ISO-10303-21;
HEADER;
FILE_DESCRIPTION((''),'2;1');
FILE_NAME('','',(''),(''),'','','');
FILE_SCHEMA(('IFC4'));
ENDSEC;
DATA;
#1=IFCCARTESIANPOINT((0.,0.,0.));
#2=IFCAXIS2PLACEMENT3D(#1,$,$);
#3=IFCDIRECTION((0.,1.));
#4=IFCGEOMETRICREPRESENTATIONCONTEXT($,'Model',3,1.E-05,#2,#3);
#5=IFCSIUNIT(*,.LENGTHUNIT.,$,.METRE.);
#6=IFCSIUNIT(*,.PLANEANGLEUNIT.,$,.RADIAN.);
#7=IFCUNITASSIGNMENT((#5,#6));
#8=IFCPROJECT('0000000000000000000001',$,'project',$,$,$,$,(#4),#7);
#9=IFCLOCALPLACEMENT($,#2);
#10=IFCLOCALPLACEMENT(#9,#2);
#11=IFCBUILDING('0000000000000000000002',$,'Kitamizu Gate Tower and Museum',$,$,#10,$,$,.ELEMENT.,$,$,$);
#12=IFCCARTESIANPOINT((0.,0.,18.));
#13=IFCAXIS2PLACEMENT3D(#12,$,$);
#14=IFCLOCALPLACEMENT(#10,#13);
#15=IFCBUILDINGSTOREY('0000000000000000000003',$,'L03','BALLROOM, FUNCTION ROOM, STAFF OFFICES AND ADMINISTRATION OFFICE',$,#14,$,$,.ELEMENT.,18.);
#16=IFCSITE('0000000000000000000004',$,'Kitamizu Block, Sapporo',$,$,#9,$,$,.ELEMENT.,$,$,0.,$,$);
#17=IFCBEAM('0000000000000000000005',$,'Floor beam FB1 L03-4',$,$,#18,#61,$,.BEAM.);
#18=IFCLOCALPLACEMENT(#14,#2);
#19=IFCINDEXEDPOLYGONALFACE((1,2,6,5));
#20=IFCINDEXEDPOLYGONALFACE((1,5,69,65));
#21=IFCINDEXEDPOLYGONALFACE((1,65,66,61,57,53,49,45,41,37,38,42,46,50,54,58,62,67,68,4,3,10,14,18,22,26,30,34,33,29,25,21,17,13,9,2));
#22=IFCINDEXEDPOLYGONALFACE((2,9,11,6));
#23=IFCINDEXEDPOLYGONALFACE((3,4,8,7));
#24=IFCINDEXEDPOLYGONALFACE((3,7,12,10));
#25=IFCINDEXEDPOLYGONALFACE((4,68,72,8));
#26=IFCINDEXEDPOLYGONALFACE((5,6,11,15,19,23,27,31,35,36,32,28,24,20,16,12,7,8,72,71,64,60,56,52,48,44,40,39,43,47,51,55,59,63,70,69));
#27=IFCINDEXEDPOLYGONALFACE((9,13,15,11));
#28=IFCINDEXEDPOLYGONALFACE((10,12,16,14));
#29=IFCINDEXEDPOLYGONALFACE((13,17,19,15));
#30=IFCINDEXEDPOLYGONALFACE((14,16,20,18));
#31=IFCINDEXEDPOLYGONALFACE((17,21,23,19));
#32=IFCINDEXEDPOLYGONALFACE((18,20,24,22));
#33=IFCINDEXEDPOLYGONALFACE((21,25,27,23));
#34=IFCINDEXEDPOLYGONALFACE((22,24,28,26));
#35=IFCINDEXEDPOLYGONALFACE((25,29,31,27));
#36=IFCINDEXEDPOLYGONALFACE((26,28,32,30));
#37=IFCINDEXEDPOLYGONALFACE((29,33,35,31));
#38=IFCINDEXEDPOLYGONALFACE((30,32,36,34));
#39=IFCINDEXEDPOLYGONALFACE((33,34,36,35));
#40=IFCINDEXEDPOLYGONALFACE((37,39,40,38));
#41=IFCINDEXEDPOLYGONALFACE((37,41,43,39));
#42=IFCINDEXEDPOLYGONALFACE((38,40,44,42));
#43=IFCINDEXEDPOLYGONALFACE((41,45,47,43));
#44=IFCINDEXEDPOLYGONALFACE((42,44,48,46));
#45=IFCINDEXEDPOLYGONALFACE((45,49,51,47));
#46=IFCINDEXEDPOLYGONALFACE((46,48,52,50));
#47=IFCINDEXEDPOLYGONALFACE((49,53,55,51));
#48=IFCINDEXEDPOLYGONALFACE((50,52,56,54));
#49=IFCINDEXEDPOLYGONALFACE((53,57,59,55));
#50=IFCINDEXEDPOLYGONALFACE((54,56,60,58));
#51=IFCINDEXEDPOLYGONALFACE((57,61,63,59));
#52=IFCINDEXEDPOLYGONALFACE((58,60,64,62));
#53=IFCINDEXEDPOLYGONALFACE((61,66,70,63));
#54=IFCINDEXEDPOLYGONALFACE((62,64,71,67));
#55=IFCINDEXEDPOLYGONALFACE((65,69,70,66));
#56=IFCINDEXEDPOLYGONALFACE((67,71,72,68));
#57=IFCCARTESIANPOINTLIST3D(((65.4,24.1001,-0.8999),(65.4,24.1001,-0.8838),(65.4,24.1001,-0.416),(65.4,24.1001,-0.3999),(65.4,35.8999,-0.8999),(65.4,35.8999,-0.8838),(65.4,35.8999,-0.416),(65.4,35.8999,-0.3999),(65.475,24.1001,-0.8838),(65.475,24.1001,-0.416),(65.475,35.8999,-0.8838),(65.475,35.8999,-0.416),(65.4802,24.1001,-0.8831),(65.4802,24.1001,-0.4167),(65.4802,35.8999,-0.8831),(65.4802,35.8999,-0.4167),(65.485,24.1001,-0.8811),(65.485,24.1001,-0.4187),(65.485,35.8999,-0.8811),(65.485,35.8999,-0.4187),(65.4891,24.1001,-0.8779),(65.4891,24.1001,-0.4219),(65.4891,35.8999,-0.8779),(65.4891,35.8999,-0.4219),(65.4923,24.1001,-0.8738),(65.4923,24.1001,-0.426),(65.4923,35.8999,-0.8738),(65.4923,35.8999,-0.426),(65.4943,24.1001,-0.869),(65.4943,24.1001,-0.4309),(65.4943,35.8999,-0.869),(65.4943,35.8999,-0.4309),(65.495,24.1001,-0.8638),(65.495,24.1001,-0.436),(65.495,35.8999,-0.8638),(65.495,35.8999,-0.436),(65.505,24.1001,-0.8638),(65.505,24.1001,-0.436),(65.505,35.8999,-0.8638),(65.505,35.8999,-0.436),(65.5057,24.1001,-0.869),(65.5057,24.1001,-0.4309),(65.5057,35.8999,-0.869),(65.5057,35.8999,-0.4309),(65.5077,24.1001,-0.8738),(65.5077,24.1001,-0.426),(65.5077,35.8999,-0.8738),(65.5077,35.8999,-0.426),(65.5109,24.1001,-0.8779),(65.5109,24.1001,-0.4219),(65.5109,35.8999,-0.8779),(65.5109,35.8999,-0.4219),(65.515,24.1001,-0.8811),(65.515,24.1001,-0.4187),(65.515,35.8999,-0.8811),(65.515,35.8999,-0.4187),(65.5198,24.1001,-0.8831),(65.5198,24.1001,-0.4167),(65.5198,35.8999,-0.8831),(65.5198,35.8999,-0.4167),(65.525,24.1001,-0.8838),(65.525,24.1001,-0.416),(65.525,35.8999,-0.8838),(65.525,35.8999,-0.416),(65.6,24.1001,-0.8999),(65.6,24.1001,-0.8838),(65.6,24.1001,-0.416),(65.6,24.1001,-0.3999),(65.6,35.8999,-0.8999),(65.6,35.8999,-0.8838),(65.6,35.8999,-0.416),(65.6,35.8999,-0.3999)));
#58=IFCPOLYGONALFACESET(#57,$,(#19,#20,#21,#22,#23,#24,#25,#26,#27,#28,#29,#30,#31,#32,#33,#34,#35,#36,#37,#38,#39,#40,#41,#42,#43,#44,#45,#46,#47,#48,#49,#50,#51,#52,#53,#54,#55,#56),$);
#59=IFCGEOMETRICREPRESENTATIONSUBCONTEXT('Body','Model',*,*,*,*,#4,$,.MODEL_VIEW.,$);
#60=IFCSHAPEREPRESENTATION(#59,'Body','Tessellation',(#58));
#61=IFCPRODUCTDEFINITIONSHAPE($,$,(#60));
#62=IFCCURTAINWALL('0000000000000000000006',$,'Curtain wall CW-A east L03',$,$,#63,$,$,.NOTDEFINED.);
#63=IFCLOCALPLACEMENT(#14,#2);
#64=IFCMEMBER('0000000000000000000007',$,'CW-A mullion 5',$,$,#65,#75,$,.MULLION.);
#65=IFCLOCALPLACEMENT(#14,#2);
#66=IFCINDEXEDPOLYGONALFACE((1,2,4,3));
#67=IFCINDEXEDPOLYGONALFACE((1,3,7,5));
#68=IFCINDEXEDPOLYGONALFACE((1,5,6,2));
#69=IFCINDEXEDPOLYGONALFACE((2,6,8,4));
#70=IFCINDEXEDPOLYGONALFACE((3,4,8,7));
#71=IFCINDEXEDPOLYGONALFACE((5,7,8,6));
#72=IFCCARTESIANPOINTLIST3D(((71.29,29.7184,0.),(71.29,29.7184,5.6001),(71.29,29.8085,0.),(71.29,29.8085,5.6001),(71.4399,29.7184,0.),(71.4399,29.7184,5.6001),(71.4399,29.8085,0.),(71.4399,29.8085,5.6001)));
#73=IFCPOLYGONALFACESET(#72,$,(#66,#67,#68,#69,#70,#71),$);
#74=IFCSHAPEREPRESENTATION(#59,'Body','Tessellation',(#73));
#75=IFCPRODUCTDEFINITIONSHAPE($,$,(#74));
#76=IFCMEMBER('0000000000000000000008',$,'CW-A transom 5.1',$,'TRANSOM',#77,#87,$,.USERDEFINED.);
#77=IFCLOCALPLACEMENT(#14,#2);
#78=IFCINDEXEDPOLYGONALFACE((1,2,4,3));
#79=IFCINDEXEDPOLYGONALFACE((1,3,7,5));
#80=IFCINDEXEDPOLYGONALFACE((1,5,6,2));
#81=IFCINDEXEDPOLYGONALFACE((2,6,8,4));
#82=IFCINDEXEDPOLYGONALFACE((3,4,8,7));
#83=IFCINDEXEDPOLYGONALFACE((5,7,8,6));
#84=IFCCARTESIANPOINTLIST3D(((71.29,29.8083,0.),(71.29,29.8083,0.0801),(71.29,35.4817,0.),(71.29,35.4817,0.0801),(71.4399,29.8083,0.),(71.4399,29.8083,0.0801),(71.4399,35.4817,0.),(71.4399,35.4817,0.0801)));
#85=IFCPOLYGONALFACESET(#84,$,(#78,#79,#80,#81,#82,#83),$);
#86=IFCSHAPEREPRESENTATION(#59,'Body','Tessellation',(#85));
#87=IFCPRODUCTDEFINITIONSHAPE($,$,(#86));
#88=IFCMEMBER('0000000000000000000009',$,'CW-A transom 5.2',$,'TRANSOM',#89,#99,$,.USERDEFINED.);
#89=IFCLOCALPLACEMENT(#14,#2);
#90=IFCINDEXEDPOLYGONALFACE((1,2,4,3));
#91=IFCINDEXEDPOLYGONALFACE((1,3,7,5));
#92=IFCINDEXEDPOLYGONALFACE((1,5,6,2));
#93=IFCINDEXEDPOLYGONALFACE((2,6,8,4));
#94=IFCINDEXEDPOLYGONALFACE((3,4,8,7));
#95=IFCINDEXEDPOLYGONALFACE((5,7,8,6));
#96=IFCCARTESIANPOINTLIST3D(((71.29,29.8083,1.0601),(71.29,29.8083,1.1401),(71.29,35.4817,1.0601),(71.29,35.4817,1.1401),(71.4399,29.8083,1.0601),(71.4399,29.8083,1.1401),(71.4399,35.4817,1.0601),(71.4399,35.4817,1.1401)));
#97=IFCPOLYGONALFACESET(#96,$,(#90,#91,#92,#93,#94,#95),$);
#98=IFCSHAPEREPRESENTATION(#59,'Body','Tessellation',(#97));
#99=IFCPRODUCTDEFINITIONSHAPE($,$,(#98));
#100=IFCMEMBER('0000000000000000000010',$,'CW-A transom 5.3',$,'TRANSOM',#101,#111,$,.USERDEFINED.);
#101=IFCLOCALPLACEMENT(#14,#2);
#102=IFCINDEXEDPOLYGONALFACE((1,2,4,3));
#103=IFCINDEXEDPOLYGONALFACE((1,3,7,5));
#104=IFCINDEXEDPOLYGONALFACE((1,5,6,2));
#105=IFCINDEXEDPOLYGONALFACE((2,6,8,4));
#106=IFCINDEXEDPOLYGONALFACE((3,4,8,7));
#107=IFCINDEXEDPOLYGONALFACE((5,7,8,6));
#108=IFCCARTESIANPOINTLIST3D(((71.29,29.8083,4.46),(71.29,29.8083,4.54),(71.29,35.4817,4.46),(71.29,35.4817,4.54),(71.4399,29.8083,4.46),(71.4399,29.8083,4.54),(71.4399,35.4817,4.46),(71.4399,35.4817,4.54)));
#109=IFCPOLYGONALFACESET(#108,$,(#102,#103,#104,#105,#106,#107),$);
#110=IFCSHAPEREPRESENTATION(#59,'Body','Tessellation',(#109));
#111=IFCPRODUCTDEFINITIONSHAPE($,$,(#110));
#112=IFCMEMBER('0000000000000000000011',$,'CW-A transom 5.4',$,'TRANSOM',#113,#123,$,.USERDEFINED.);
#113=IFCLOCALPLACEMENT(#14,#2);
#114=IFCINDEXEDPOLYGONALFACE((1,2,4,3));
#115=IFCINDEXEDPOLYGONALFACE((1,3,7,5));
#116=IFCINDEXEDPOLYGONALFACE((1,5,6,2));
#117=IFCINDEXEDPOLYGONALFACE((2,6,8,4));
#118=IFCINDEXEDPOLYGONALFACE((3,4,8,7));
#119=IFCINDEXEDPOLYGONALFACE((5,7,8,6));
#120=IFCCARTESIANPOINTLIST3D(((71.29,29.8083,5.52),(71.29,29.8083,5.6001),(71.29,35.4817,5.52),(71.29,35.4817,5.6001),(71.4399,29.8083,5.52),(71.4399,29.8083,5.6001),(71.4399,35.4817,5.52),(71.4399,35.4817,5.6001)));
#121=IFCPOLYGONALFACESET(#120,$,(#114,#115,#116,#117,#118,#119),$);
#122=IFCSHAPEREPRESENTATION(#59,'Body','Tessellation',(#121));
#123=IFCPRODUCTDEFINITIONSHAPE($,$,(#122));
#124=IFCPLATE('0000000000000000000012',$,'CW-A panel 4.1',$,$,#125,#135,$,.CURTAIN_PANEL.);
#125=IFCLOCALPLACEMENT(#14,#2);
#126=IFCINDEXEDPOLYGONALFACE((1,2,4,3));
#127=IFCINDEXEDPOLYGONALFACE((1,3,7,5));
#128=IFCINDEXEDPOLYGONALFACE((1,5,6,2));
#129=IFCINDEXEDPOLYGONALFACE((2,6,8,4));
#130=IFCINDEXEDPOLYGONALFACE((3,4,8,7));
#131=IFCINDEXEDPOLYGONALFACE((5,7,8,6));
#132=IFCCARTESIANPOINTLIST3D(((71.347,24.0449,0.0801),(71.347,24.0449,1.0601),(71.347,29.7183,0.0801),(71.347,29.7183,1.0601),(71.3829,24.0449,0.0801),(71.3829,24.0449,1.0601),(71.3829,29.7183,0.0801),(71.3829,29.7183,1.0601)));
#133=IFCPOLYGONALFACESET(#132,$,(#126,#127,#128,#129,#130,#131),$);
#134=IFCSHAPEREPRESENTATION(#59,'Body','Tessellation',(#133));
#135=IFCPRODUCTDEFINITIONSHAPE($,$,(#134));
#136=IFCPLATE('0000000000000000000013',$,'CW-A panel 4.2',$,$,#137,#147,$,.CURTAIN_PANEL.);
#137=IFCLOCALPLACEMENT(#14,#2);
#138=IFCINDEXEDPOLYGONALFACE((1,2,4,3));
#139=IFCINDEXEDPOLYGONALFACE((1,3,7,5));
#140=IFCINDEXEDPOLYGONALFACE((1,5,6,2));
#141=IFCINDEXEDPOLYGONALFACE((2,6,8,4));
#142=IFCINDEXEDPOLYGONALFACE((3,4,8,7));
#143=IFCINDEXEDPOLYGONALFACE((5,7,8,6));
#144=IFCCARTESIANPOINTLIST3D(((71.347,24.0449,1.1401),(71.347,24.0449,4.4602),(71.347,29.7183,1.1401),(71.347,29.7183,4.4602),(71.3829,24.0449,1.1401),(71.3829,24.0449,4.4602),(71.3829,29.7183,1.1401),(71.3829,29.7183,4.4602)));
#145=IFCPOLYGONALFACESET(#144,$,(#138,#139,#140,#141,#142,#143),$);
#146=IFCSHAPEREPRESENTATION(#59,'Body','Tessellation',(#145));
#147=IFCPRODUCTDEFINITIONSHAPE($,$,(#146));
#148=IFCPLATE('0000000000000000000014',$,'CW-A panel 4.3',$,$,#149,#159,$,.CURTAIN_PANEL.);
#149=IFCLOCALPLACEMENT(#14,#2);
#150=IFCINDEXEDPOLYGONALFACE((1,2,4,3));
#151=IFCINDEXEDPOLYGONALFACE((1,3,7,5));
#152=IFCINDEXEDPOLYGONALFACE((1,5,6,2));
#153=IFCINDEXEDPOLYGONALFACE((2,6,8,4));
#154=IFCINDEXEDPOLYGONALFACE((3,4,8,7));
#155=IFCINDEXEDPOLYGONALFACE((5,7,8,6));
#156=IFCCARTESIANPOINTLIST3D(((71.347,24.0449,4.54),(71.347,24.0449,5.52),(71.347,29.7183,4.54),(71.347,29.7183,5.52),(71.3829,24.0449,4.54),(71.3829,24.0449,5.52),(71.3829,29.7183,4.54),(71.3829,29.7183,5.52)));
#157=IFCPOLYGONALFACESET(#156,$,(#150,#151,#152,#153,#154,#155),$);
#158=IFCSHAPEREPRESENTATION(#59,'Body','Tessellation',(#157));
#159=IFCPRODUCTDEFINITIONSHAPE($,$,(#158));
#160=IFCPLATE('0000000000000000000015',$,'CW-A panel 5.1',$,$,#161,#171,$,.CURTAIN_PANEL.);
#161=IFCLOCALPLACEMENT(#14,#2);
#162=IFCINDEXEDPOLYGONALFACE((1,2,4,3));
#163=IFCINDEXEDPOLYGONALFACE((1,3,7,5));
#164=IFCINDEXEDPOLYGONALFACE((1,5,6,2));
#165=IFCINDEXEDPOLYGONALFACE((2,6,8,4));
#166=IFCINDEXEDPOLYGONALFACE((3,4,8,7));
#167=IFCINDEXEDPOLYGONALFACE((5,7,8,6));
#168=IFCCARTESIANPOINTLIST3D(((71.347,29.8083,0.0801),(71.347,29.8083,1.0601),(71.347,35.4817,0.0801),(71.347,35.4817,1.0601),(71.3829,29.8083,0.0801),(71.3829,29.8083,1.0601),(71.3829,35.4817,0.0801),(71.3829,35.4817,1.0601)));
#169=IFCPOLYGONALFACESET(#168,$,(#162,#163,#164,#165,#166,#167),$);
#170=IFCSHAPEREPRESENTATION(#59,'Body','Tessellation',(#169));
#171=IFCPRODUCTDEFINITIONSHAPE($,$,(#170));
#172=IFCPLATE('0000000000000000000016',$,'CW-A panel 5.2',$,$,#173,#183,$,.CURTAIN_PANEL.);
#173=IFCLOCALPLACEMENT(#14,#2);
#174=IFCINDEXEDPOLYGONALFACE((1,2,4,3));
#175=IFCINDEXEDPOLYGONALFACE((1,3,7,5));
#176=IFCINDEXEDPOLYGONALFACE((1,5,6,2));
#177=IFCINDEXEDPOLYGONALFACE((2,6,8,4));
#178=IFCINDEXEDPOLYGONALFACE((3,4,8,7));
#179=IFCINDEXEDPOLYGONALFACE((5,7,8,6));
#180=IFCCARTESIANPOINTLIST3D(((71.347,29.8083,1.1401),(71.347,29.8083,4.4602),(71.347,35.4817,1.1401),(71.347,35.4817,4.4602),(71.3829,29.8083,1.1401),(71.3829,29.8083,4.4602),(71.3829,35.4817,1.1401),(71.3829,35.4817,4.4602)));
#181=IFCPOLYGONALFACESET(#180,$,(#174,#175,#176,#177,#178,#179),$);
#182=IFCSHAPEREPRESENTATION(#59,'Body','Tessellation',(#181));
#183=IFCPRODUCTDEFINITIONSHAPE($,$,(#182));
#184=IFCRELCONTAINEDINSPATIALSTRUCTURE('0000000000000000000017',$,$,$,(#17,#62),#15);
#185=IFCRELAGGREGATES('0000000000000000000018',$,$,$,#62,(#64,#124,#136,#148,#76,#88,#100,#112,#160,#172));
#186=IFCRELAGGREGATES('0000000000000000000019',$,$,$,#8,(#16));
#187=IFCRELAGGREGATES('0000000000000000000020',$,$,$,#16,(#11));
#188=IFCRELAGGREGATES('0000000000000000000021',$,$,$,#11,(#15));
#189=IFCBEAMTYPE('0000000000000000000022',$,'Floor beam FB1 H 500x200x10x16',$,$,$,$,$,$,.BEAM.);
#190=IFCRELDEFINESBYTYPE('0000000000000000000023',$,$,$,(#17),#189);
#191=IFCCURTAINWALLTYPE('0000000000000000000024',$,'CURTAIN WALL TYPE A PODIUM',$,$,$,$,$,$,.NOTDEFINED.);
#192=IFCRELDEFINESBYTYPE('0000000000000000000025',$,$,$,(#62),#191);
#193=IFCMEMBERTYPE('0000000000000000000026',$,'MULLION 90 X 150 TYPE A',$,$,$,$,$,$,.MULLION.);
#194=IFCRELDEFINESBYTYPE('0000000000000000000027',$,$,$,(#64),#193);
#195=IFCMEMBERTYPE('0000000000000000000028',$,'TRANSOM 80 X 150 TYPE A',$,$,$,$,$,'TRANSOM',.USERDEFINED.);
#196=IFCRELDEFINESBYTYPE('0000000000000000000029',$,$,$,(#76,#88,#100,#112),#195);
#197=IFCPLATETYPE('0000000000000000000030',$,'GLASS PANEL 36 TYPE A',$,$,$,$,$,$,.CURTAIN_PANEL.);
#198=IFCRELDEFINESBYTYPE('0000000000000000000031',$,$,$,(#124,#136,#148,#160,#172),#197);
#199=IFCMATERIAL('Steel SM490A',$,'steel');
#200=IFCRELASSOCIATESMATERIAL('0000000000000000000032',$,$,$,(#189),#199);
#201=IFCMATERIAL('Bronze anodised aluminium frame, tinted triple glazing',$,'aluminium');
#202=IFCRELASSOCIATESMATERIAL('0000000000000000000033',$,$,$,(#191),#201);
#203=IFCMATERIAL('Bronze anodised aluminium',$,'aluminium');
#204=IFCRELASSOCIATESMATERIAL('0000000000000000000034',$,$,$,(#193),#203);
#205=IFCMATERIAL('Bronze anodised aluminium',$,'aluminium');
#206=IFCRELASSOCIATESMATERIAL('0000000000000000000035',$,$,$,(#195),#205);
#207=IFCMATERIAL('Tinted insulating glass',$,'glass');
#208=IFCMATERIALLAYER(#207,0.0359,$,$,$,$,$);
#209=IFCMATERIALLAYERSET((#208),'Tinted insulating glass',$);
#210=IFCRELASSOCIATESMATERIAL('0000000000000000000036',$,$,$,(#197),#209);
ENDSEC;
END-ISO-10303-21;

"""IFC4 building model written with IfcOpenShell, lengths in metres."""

from ifc_helpers import new_model, si_unit, direction, frame, origin, origin_2d, place, context, subcontext, project, spatial, rectangle, i_section, extrude, material, layer, layer_set, material_profile, profile_set, type_object, element, aggregate, save


model = new_model("IFC4")

# Units and contexts
model_context = context("Model", 3, precision=1e-05, world=origin(), true_north=direction((0.0, 1.0)))
body_context = subcontext(model_context, "Body", "Model", "MODEL_VIEW")
ifc_project = project(units=[si_unit("LENGTHUNIT", "METRE"), si_unit("PLANEANGLEUNIT", "RADIAN")], contexts=[model_context])

# Site, building, storey
site_placement = place(None, origin())
site = spatial("IfcSite", under=ifc_project, at=site_placement, Name="Kitamizu Block, Sapporo", CompositionType="ELEMENT", RefElevation=0.0)
building_placement = place(site_placement, origin())
building = spatial("IfcBuilding", under=site, at=building_placement, Name="Kitamizu Gate Tower and Museum", CompositionType="ELEMENT")
storey_placement = place(building_placement, frame((0.0, 0.0, 18.0)))
storey = spatial("IfcBuildingStorey", under=building, at=storey_placement, Name="L03", Description="BALLROOM, FUNCTION ROOM, STAFF OFFICES AND ADMINISTRATION OFFICE", CompositionType="ELEMENT", Elevation=18.0)

# Beam
ifc_material_1 = material(Name="Steel SM490A", Category="steel")
ifc_material_profile_1 = material_profile(ifc_material_1, i_section(OverallWidth=0.2, OverallDepth=0.5, WebThickness=0.01, FlangeThickness=0.0161, FilletRadius=0.02, at=origin_2d()), Name="H-500x200x10x16")
ifc_profile_set_1 = profile_set([ifc_material_profile_1], Name="Steel SM490A")
beam_type = type_object("IfcBeamType", Name="Floor beam FB1 H 500x200x10x16", PredefinedType="BEAM", material=ifc_profile_set_1)
beam_placement = place(storey_placement, frame((65.5, 24.1001, -0.6499), z_axis=(0.0, 1.0, 0.0), x_axis=(-1.0, 0.0, 0.0)))
element("IfcBeam", 1, at=beam_placement, inside=storey, type_object=beam_type, Name="Floor beam FB1 L03-4", PredefinedType="BEAM", context=body_context, shape_type="SweptSolid", body=[
    extrude(i_section(OverallWidth=0.2, OverallDepth=0.5, WebThickness=0.01, FlangeThickness=0.0161, FilletRadius=0.02, at=origin_2d()), origin(), (0.0, 0.0, 1.0), 11.7998),
])

# Curtain wall, members, plates
ifc_material_2 = material(Name="Bronze anodised aluminium frame, tinted triple glazing", Category="aluminium")
curtain_wall_type = type_object("IfcCurtainWallType", Name="CURTAIN WALL TYPE A PODIUM", PredefinedType="NOTDEFINED", material=ifc_material_2)
curtain_wall_placement = place(storey_placement, origin())
curtain_wall = element("IfcCurtainWall", 2, at=curtain_wall_placement, inside=storey, type_object=curtain_wall_type, Name="Curtain wall CW-A east L03", PredefinedType="NOTDEFINED")
ifc_material_3 = material(Name="Bronze anodised aluminium", Category="aluminium")
ifc_material_profile_2 = material_profile(ifc_material_3, rectangle(XDim=0.0901, YDim=0.1499, at=origin_2d()), Name="AL 90X150")
ifc_profile_set_2 = profile_set([ifc_material_profile_2], Name="Bronze anodised aluminium")
member_type_1 = type_object("IfcMemberType", Name="MULLION 90 X 150 TYPE A", PredefinedType="MULLION", material=ifc_profile_set_2)
member_1_placement = place(storey_placement, frame((71.365, 29.7634, 0.0), z_axis=(0.0, 0.0, 1.0), x_axis=(0.0, 1.0, 0.0)))
member_1 = element("IfcMember", 3, at=member_1_placement, type_object=member_type_1, Name="CW-A mullion 5", PredefinedType="MULLION", context=body_context, shape_type="SweptSolid", body=[
    extrude(rectangle(XDim=0.0901, YDim=0.1499, at=origin_2d()), origin(), (0.0, 0.0, 1.0), 5.6001),
])
ifc_material_4 = material(Name="Bronze anodised aluminium", Category="aluminium")
ifc_material_profile_3 = material_profile(ifc_material_4, rectangle(XDim=0.1499, YDim=0.0801, at=origin_2d()), Name="AL 80X150")
ifc_profile_set_3 = profile_set([ifc_material_profile_3], Name="Bronze anodised aluminium")
member_type_2 = type_object("IfcMemberType", Name="TRANSOM 80 X 150 TYPE A", ElementType="TRANSOM", PredefinedType="USERDEFINED", material=ifc_profile_set_3)
member_2_placement = place(storey_placement, frame((71.365, 29.8083, 0.04), z_axis=(0.0, 1.0, 0.0), x_axis=(-1.0, 0.0, 0.0)))
member_2 = element("IfcMember", 4, at=member_2_placement, type_object=member_type_2, Name="CW-A transom 5.1", ObjectType="TRANSOM", PredefinedType="USERDEFINED", context=body_context, shape_type="SweptSolid", body=[
    extrude(rectangle(XDim=0.1499, YDim=0.0801, at=origin_2d()), origin(), (0.0, 0.0, 1.0), 5.6733),
])
member_3_placement = place(storey_placement, frame((71.365, 29.8083, 1.1001), z_axis=(0.0, 1.0, 0.0), x_axis=(-1.0, 0.0, 0.0)))
member_3 = element("IfcMember", 5, at=member_3_placement, type_object=member_type_2, Name="CW-A transom 5.2", ObjectType="TRANSOM", PredefinedType="USERDEFINED", context=body_context, shape_type="SweptSolid", body=[
    extrude(rectangle(XDim=0.1499, YDim=0.0801, at=origin_2d()), origin(), (0.0, 0.0, 1.0), 5.6733),
])
member_4_placement = place(storey_placement, frame((71.365, 29.8083, 4.5), z_axis=(0.0, 1.0, 0.0), x_axis=(-1.0, 0.0, 0.0)))
member_4 = element("IfcMember", 6, at=member_4_placement, type_object=member_type_2, Name="CW-A transom 5.3", ObjectType="TRANSOM", PredefinedType="USERDEFINED", context=body_context, shape_type="SweptSolid", body=[
    extrude(rectangle(XDim=0.1499, YDim=0.0801, at=origin_2d()), origin(), (0.0, 0.0, 1.0), 5.6733),
])
member_5_placement = place(storey_placement, frame((71.365, 29.8083, 5.5601), z_axis=(0.0, 1.0, 0.0), x_axis=(-1.0, 0.0, 0.0)))
member_5 = element("IfcMember", 7, at=member_5_placement, type_object=member_type_2, Name="CW-A transom 5.4", ObjectType="TRANSOM", PredefinedType="USERDEFINED", context=body_context, shape_type="SweptSolid", body=[
    extrude(rectangle(XDim=0.1499, YDim=0.0801, at=origin_2d()), origin(), (0.0, 0.0, 1.0), 5.6733),
])
ifc_material_5 = material(Name="Tinted insulating glass", Category="glass")
ifc_layer_1 = layer(ifc_material_5, 0.0359)
ifc_layer_set_1 = layer_set([ifc_layer_1], Name="Tinted insulating glass")
plate_type = type_object("IfcPlateType", Name="GLASS PANEL 36 TYPE A", PredefinedType="CURTAIN_PANEL", material=ifc_layer_set_1)
plate_1_placement = place(storey_placement, frame((71.365, 26.8816, 0.0801), z_axis=(0.0, 0.0, 1.0), x_axis=(0.0, 1.0, 0.0)))
plate_1 = element("IfcPlate", 8, at=plate_1_placement, type_object=plate_type, Name="CW-A panel 4.1", PredefinedType="CURTAIN_PANEL", context=body_context, shape_type="SweptSolid", body=[
    extrude(rectangle(XDim=5.6733, YDim=0.0359, at=origin_2d()), origin(), (0.0, 0.0, 1.0), 0.98),
])
plate_2_placement = place(storey_placement, frame((71.365, 26.8816, 1.1401), z_axis=(0.0, 0.0, 1.0), x_axis=(0.0, 1.0, 0.0)))
plate_2 = element("IfcPlate", 9, at=plate_2_placement, type_object=plate_type, Name="CW-A panel 4.2", PredefinedType="CURTAIN_PANEL", context=body_context, shape_type="SweptSolid", body=[
    extrude(rectangle(XDim=5.6733, YDim=0.0359, at=origin_2d()), origin(), (0.0, 0.0, 1.0), 3.3201),
])
plate_3_placement = place(storey_placement, frame((71.365, 26.8816, 4.54), z_axis=(0.0, 0.0, 1.0), x_axis=(0.0, 1.0, 0.0)))
plate_3 = element("IfcPlate", 10, at=plate_3_placement, type_object=plate_type, Name="CW-A panel 4.3", PredefinedType="CURTAIN_PANEL", context=body_context, shape_type="SweptSolid", body=[
    extrude(rectangle(XDim=5.6733, YDim=0.0359, at=origin_2d()), origin(), (0.0, 0.0, 1.0), 0.98),
])
plate_4_placement = place(storey_placement, frame((71.365, 32.645, 0.0801), z_axis=(0.0, 0.0, 1.0), x_axis=(0.0, 1.0, 0.0)))
plate_4 = element("IfcPlate", 11, at=plate_4_placement, type_object=plate_type, Name="CW-A panel 5.1", PredefinedType="CURTAIN_PANEL", context=body_context, shape_type="SweptSolid", body=[
    extrude(rectangle(XDim=5.6733, YDim=0.0359, at=origin_2d()), origin(), (0.0, 0.0, 1.0), 0.98),
])
plate_5_placement = place(storey_placement, frame((71.365, 32.645, 1.1401), z_axis=(0.0, 0.0, 1.0), x_axis=(0.0, 1.0, 0.0)))
plate_5 = element("IfcPlate", 12, at=plate_5_placement, type_object=plate_type, Name="CW-A panel 5.2", PredefinedType="CURTAIN_PANEL", context=body_context, shape_type="SweptSolid", body=[
    extrude(rectangle(XDim=5.6733, YDim=0.0359, at=origin_2d()), origin(), (0.0, 0.0, 1.0), 3.3201),
])
aggregate(curtain_wall, [member_1, plate_1, plate_2, plate_3, member_2, member_3, member_4, member_5, plate_4, plate_5])

save(model, "model.ifc")
